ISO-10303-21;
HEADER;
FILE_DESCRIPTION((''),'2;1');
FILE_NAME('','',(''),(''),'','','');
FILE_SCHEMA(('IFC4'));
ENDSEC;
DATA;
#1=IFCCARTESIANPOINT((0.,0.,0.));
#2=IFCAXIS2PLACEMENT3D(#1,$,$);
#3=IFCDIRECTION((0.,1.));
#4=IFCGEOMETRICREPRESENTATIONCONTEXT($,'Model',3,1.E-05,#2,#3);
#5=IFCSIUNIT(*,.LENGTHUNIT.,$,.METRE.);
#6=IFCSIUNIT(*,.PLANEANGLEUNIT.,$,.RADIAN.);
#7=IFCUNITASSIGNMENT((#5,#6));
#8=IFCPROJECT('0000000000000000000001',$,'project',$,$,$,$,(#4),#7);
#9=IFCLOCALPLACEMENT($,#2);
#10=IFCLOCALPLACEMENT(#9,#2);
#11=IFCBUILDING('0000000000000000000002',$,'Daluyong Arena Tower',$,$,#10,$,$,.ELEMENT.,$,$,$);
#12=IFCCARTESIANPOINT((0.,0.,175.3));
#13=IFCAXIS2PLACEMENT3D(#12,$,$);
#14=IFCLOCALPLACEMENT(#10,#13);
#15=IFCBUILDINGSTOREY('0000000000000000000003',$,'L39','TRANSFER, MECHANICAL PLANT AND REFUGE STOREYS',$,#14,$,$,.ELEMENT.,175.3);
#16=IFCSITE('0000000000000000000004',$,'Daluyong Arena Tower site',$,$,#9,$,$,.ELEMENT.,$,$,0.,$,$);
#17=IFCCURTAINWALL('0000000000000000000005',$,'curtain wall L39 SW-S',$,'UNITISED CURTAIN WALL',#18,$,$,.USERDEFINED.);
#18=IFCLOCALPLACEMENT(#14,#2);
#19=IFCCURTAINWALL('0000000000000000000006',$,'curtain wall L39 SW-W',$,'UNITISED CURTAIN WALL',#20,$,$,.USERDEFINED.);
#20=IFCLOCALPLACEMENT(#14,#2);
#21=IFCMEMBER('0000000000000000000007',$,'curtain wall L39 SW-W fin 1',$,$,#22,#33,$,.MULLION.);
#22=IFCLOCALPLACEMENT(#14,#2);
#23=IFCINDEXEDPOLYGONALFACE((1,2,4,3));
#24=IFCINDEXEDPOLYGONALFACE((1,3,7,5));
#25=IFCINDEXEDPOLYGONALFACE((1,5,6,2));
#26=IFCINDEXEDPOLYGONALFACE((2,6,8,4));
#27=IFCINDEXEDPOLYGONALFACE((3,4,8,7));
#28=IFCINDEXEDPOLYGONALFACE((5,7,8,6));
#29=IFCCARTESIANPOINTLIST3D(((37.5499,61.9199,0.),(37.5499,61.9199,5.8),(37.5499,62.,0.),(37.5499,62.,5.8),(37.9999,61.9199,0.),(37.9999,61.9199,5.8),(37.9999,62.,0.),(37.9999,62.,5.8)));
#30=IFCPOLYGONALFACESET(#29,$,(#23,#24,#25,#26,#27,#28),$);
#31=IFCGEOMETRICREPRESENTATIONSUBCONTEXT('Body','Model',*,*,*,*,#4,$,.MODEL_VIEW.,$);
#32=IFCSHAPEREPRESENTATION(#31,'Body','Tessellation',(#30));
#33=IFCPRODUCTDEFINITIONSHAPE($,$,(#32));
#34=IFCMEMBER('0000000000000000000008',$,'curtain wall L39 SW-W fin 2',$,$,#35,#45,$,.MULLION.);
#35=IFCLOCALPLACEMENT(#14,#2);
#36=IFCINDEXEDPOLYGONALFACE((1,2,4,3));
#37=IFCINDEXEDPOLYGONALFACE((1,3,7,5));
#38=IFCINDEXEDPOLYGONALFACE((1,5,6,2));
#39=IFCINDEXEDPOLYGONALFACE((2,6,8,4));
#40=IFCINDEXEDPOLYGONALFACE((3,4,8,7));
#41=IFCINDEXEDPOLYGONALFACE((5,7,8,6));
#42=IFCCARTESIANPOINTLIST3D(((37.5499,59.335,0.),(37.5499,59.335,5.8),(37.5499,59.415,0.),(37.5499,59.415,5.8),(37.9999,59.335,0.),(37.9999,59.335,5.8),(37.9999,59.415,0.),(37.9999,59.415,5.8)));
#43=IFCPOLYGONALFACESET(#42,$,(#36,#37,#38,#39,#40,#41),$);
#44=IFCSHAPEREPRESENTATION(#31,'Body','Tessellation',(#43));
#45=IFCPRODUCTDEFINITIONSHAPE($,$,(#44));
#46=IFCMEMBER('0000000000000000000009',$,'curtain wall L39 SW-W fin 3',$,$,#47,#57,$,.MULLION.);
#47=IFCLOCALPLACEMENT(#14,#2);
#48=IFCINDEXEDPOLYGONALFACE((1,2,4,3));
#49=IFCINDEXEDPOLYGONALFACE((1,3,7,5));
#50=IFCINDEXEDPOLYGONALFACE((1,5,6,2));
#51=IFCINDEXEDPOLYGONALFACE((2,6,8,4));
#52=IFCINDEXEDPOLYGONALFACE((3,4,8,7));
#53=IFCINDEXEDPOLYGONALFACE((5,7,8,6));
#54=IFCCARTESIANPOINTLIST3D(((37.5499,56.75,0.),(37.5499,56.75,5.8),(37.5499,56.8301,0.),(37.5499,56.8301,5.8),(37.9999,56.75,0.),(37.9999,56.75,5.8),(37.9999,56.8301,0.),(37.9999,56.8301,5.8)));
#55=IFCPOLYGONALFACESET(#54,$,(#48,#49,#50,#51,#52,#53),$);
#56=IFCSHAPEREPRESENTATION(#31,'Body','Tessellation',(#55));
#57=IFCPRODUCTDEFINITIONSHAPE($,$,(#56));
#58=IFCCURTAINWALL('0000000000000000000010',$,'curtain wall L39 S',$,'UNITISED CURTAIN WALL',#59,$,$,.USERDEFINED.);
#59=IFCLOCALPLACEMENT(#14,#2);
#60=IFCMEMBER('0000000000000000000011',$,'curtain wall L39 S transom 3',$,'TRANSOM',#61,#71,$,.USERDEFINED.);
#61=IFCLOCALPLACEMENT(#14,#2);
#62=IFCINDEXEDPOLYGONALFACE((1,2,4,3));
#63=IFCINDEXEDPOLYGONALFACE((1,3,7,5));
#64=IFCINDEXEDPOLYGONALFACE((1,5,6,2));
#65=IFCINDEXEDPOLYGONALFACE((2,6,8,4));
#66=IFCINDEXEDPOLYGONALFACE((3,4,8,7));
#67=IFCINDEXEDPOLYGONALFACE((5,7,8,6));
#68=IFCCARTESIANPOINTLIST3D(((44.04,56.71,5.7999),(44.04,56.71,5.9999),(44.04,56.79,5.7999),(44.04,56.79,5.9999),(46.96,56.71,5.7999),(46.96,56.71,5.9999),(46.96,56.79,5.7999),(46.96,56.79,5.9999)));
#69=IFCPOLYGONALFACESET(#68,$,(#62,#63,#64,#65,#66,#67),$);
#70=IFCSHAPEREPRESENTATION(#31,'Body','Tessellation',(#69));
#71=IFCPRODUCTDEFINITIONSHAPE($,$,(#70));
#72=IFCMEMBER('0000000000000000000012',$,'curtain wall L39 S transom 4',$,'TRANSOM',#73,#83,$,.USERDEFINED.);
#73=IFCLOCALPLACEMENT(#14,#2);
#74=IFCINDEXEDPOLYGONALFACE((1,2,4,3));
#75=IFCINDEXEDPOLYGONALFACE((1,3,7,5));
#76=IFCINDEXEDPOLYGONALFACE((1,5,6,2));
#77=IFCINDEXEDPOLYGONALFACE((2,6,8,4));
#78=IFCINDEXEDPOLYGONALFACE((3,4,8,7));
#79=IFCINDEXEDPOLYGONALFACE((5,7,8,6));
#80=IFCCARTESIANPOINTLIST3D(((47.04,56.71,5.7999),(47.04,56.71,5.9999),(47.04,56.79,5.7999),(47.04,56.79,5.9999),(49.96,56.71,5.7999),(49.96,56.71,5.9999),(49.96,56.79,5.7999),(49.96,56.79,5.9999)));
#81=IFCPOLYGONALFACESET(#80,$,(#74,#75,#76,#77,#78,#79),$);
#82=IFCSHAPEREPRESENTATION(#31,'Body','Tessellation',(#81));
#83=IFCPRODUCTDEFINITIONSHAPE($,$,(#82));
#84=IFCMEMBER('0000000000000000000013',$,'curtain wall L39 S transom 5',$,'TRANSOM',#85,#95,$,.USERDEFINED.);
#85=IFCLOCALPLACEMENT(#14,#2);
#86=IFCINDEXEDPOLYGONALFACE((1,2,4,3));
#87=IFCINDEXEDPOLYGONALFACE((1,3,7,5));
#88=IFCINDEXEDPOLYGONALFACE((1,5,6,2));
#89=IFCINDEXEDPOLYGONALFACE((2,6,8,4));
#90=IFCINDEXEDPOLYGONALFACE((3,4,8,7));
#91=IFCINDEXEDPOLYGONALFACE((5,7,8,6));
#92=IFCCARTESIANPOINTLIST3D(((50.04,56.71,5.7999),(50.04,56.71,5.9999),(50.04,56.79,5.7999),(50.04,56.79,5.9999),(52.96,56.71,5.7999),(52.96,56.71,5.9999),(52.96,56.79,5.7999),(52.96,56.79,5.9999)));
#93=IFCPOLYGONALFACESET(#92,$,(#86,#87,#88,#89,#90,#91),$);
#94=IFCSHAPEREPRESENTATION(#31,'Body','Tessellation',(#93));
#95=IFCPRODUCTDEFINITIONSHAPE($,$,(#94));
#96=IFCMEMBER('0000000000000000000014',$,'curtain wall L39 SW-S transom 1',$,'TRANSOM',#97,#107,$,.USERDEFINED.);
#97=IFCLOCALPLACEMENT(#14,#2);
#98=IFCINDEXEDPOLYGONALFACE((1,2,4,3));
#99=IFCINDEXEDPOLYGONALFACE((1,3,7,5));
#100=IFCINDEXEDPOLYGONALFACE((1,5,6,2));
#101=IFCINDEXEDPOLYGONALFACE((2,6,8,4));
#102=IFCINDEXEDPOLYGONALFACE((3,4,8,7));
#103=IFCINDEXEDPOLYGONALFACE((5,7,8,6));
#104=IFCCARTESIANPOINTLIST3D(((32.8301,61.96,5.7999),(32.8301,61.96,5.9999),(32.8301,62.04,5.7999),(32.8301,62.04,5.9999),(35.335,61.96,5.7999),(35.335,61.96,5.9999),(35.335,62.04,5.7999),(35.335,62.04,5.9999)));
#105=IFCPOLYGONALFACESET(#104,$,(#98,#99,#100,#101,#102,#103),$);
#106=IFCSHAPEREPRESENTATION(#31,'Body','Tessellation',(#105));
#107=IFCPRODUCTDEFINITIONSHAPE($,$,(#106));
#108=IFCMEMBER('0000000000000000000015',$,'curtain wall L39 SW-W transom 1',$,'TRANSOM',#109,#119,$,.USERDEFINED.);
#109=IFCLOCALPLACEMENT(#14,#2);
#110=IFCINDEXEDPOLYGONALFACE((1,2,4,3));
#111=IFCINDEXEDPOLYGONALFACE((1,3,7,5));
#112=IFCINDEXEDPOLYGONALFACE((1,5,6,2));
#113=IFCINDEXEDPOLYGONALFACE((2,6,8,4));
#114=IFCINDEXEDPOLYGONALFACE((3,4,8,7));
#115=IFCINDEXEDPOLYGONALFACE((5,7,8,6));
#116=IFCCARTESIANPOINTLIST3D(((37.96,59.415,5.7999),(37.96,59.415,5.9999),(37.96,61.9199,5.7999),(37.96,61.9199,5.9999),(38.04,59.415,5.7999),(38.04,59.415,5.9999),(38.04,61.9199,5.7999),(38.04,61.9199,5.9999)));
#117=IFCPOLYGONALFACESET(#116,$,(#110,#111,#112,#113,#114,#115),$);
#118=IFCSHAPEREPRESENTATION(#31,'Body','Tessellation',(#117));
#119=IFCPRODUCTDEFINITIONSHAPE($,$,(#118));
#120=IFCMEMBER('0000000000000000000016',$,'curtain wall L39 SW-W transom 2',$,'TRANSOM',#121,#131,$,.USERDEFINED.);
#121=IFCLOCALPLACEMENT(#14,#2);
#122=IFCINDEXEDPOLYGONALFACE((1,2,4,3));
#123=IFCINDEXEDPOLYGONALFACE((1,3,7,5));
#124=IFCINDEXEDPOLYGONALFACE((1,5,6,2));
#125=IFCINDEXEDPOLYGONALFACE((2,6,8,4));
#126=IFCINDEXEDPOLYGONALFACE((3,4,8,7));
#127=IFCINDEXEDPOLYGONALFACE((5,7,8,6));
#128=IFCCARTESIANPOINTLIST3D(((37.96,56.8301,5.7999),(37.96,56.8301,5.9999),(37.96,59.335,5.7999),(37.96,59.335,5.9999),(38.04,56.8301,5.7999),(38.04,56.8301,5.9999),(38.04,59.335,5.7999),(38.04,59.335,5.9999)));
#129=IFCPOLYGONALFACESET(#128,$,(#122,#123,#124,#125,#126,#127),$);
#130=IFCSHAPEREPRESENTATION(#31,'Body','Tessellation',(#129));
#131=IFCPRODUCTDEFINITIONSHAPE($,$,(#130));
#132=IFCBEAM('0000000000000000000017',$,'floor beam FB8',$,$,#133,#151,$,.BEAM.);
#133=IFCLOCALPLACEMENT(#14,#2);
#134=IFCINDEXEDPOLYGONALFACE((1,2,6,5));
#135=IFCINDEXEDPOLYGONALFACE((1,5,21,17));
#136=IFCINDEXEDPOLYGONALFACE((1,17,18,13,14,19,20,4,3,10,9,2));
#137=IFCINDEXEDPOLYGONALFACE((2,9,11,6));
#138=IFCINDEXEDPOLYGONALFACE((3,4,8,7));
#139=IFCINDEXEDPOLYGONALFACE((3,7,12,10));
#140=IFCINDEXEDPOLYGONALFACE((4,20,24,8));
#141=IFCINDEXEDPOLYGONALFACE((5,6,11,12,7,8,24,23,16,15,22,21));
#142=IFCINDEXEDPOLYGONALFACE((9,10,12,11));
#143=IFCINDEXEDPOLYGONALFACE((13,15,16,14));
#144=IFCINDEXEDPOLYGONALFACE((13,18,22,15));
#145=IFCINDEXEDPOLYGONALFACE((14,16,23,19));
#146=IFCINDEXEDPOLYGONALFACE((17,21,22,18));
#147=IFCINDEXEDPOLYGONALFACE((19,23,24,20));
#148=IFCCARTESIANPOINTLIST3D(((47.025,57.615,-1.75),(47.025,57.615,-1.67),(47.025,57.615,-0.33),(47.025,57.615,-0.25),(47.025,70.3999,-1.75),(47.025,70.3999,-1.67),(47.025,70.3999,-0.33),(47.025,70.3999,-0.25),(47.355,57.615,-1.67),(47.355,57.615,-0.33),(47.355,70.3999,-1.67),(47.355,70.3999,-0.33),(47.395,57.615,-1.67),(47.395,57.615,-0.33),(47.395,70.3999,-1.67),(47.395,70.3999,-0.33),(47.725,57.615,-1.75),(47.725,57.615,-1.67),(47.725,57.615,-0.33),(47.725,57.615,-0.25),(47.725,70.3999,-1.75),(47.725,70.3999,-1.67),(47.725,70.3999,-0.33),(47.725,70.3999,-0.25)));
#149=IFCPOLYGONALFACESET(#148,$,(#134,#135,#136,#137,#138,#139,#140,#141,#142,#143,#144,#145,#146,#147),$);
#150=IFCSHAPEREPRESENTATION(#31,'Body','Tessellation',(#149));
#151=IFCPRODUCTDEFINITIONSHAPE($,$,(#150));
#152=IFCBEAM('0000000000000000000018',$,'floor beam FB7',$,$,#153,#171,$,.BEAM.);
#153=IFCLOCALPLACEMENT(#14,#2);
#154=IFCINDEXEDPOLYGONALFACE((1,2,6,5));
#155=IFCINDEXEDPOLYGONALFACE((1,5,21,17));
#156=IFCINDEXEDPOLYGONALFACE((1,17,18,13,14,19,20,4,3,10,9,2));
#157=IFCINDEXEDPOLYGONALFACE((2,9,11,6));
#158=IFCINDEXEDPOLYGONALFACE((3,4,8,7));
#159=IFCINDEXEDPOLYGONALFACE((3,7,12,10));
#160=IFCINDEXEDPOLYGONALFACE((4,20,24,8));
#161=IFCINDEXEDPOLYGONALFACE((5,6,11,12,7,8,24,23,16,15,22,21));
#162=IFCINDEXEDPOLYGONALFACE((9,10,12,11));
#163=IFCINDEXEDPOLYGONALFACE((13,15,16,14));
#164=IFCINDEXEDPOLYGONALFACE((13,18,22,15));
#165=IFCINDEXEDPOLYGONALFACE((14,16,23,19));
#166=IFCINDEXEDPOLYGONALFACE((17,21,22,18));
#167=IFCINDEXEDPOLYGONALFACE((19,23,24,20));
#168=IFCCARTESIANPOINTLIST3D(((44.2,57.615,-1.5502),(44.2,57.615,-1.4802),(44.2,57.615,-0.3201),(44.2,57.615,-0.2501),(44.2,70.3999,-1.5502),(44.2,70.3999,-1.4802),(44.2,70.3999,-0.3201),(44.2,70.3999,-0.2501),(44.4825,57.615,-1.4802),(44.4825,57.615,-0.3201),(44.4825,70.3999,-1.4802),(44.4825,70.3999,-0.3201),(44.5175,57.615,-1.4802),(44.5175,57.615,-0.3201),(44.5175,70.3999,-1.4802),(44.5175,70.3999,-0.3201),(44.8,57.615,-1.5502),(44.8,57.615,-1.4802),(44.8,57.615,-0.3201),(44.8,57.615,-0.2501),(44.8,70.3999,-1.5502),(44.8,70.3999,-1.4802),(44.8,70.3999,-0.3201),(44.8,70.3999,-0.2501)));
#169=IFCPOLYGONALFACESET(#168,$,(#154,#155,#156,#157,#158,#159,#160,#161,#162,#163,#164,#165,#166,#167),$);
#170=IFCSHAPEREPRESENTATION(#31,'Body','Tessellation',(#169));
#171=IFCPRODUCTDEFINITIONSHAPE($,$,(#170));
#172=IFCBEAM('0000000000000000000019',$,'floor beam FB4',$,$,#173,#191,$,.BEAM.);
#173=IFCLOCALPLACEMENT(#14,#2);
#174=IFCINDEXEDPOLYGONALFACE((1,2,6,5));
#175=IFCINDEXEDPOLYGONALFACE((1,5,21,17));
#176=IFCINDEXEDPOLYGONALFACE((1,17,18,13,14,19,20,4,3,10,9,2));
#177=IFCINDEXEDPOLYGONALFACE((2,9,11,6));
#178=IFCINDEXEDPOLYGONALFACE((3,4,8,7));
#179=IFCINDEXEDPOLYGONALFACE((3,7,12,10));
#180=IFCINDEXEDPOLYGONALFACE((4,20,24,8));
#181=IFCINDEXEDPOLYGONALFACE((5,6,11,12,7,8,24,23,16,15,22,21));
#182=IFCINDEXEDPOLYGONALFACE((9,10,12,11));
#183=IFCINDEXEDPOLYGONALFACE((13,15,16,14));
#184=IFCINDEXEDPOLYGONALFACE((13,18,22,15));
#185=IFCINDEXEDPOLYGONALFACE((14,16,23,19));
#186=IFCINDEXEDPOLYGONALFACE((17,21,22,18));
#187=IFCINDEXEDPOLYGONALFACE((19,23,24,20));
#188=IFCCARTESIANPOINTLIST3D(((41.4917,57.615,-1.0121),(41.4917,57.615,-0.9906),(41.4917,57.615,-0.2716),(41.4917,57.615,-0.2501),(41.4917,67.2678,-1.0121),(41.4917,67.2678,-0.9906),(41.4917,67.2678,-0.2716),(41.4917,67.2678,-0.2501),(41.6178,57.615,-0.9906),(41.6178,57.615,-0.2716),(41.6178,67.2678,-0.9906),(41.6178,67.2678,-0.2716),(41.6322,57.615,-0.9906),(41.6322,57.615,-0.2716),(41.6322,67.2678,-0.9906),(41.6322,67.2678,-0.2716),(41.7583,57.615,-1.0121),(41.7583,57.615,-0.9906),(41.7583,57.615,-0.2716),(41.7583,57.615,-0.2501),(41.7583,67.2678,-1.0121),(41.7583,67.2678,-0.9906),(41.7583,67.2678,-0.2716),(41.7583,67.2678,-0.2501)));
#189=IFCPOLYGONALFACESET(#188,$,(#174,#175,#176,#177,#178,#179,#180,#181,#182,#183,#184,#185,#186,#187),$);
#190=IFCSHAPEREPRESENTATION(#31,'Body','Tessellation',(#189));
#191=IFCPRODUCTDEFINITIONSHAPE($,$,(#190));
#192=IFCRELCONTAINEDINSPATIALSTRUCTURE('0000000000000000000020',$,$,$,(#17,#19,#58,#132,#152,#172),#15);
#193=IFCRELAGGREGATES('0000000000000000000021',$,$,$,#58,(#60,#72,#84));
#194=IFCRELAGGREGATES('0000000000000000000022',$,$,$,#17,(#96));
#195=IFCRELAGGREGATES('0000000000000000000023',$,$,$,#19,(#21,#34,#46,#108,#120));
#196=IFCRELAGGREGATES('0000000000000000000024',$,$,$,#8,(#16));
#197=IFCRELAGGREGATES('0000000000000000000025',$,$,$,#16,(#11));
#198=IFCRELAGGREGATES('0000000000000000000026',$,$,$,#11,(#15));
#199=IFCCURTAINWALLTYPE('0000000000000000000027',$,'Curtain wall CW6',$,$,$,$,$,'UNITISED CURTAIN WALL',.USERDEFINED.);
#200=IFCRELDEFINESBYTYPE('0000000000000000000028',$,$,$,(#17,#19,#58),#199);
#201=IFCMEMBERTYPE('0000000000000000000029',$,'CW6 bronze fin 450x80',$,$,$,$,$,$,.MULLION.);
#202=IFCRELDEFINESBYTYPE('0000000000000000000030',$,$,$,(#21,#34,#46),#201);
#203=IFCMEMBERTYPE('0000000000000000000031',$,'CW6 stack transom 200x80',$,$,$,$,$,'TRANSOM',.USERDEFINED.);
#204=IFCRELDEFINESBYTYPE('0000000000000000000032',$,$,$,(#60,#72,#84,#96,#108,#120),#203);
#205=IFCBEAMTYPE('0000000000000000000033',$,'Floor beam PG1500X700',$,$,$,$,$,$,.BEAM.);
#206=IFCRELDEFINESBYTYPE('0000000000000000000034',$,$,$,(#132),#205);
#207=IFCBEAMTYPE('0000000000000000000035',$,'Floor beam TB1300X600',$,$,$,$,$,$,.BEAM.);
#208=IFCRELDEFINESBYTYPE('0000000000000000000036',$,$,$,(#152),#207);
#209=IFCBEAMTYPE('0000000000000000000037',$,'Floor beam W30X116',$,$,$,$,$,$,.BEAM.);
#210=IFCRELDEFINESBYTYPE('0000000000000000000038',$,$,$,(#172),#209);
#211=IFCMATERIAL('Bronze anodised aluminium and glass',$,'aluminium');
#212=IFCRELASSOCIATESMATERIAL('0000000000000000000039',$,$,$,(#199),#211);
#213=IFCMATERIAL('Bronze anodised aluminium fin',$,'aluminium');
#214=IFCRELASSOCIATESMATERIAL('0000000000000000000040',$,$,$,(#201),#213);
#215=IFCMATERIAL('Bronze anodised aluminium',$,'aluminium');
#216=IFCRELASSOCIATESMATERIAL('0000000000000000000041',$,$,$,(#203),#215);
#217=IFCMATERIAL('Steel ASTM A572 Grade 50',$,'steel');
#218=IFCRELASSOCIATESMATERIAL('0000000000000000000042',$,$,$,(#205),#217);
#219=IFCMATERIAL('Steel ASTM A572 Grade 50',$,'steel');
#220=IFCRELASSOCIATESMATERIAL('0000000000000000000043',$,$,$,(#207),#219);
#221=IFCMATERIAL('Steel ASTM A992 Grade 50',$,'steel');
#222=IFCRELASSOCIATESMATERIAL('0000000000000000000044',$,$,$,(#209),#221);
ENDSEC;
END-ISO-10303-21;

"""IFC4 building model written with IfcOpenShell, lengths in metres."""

from ifc_helpers import new_model, si_unit, direction, frame, origin, origin_2d, place, context, subcontext, project, spatial, rectangle, i_section, extrude, material, material_profile, profile_set, type_object, element, aggregate, save


model = new_model("IFC4")

# Units and contexts
model_context = context("Model", 3, precision=1e-05, world=origin(), true_north=direction((0.0, 1.0)))
body_context = subcontext(model_context, "Body", "Model", "MODEL_VIEW")
ifc_project = project(units=[si_unit("LENGTHUNIT", "METRE"), si_unit("PLANEANGLEUNIT", "RADIAN")], contexts=[model_context])

# Site, building, storey
site_placement = place(None, origin())
site = spatial("IfcSite", under=ifc_project, at=site_placement, Name="Daluyong Arena Tower site", CompositionType="ELEMENT", RefElevation=0.0)
building_placement = place(site_placement, origin())
building = spatial("IfcBuilding", under=site, at=building_placement, Name="Daluyong Arena Tower", CompositionType="ELEMENT")
storey_placement = place(building_placement, frame((0.0, 0.0, 175.3)))
storey = spatial("IfcBuildingStorey", under=building, at=storey_placement, Name="L39", Description="TRANSFER, MECHANICAL PLANT AND REFUGE STOREYS", CompositionType="ELEMENT", Elevation=175.3)

# Curtain walls, members
ifc_material_1 = material(Name="Bronze anodised aluminium and glass", Category="aluminium")
curtain_wall_type = type_object("IfcCurtainWallType", Name="Curtain wall CW6", ElementType="UNITISED CURTAIN WALL", PredefinedType="USERDEFINED", material=ifc_material_1)
curtain_wall_1_placement = place(storey_placement, origin())
curtain_wall_1 = element("IfcCurtainWall", 1, at=curtain_wall_1_placement, inside=storey, type_object=curtain_wall_type, Name="curtain wall L39 SW-S", ObjectType="UNITISED CURTAIN WALL", PredefinedType="USERDEFINED")
ifc_material_2 = material(Name="Bronze anodised aluminium fin", Category="aluminium")
ifc_material_profile_1 = material_profile(ifc_material_2, rectangle(XDim=0.45, YDim=0.0801, at=origin_2d()))
ifc_profile_set_1 = profile_set([ifc_material_profile_1], Name="Bronze anodised aluminium fin")
member_type_1 = type_object("IfcMemberType", Name="CW6 bronze fin 450x80", PredefinedType="MULLION", material=ifc_profile_set_1)
curtain_wall_2_placement = place(storey_placement, origin())
curtain_wall_2 = element("IfcCurtainWall", 2, at=curtain_wall_2_placement, inside=storey, type_object=curtain_wall_type, Name="curtain wall L39 SW-W", ObjectType="UNITISED CURTAIN WALL", PredefinedType="USERDEFINED")
member_1_placement = place(storey_placement, frame((37.7749, 61.96, 0.0), z_axis=(0.0, 0.0, 1.0), x_axis=(1.0, 0.0, 0.0)))
member_1 = element("IfcMember", 3, at=member_1_placement, type_object=member_type_1, Name="curtain wall L39 SW-W fin 1", PredefinedType="MULLION", context=body_context, shape_type="SweptSolid", body=[
    extrude(rectangle(XDim=0.45, YDim=0.0801, at=origin_2d()), origin(), (0.0, 0.0, 1.0), 5.8),
])
member_2_placement = place(storey_placement, frame((37.7749, 59.375, 0.0), z_axis=(0.0, 0.0, 1.0), x_axis=(1.0, 0.0, 0.0)))
member_2 = element("IfcMember", 4, at=member_2_placement, type_object=member_type_1, Name="curtain wall L39 SW-W fin 2", PredefinedType="MULLION", context=body_context, shape_type="SweptSolid", body=[
    extrude(rectangle(XDim=0.45, YDim=0.0801, at=origin_2d()), origin(), (0.0, 0.0, 1.0), 5.8),
])
member_3_placement = place(storey_placement, frame((37.7749, 56.79, 0.0), z_axis=(0.0, 0.0, 1.0), x_axis=(1.0, 0.0, 0.0)))
member_3 = element("IfcMember", 5, at=member_3_placement, type_object=member_type_1, Name="curtain wall L39 SW-W fin 3", PredefinedType="MULLION", context=body_context, shape_type="SweptSolid", body=[
    extrude(rectangle(XDim=0.45, YDim=0.0801, at=origin_2d()), origin(), (0.0, 0.0, 1.0), 5.8),
])
curtain_wall_3_placement = place(storey_placement, origin())
curtain_wall_3 = element("IfcCurtainWall", 6, at=curtain_wall_3_placement, inside=storey, type_object=curtain_wall_type, Name="curtain wall L39 S", ObjectType="UNITISED CURTAIN WALL", PredefinedType="USERDEFINED")
ifc_material_3 = material(Name="Bronze anodised aluminium", Category="aluminium")
ifc_material_profile_2 = material_profile(ifc_material_3, rectangle(XDim=0.0801, YDim=0.2, at=origin_2d()))
ifc_profile_set_2 = profile_set([ifc_material_profile_2], Name="Bronze anodised aluminium")
member_type_2 = type_object("IfcMemberType", Name="CW6 stack transom 200x80", ElementType="TRANSOM", PredefinedType="USERDEFINED", material=ifc_profile_set_2)
member_4_placement = place(storey_placement, frame((44.04, 56.75, 5.8999), z_axis=(1.0, 0.0, 0.0), x_axis=(0.0, 1.0, 0.0)))
member_4 = element("IfcMember", 7, at=member_4_placement, type_object=member_type_2, Name="curtain wall L39 S transom 3", ObjectType="TRANSOM", PredefinedType="USERDEFINED", context=body_context, shape_type="SweptSolid", body=[
    extrude(rectangle(XDim=0.0801, YDim=0.2, at=origin_2d()), origin(), (0.0, 0.0, 1.0), 2.9199),
])
member_5_placement = place(storey_placement, frame((47.04, 56.75, 5.8999), z_axis=(1.0, 0.0, 0.0), x_axis=(0.0, 1.0, 0.0)))
member_5 = element("IfcMember", 8, at=member_5_placement, type_object=member_type_2, Name="curtain wall L39 S transom 4", ObjectType="TRANSOM", PredefinedType="USERDEFINED", context=body_context, shape_type="SweptSolid", body=[
    extrude(rectangle(XDim=0.0801, YDim=0.2, at=origin_2d()), origin(), (0.0, 0.0, 1.0), 2.9199),
])
member_6_placement = place(storey_placement, frame((50.04, 56.75, 5.8999), z_axis=(1.0, 0.0, 0.0), x_axis=(0.0, 1.0, 0.0)))
member_6 = element("IfcMember", 9, at=member_6_placement, type_object=member_type_2, Name="curtain wall L39 S transom 5", ObjectType="TRANSOM", PredefinedType="USERDEFINED", context=body_context, shape_type="SweptSolid", body=[
    extrude(rectangle(XDim=0.0801, YDim=0.2, at=origin_2d()), origin(), (0.0, 0.0, 1.0), 2.9199),
])

# Members
member_7_placement = place(storey_placement, frame((32.8301, 62.0, 5.8999), z_axis=(1.0, 0.0, 0.0), x_axis=(0.0, 1.0, 0.0)))
member_7 = element("IfcMember", 10, at=member_7_placement, type_object=member_type_2, Name="curtain wall L39 SW-S transom 1", ObjectType="TRANSOM", PredefinedType="USERDEFINED", context=body_context, shape_type="SweptSolid", body=[
    extrude(rectangle(XDim=0.0801, YDim=0.2, at=origin_2d()), origin(), (0.0, 0.0, 1.0), 2.5049),
])
member_8_placement = place(storey_placement, frame((38.0, 61.9199, 5.8999), z_axis=(0.0, -1.0, 0.0), x_axis=(1.0, 0.0, 0.0)))
member_8 = element("IfcMember", 11, at=member_8_placement, type_object=member_type_2, Name="curtain wall L39 SW-W transom 1", ObjectType="TRANSOM", PredefinedType="USERDEFINED", context=body_context, shape_type="SweptSolid", body=[
    extrude(rectangle(XDim=0.0801, YDim=0.2, at=origin_2d()), origin(), (0.0, 0.0, 1.0), 2.5049),
])
member_9_placement = place(storey_placement, frame((38.0, 59.335, 5.8999), z_axis=(0.0, -1.0, 0.0), x_axis=(1.0, 0.0, 0.0)))
member_9 = element("IfcMember", 12, at=member_9_placement, type_object=member_type_2, Name="curtain wall L39 SW-W transom 2", ObjectType="TRANSOM", PredefinedType="USERDEFINED", context=body_context, shape_type="SweptSolid", body=[
    extrude(rectangle(XDim=0.0801, YDim=0.2, at=origin_2d()), origin(), (0.0, 0.0, 1.0), 2.5049),
])

# Beams
ifc_material_4 = material(Name="Steel ASTM A572 Grade 50", Category="steel")
ifc_material_profile_3 = material_profile(ifc_material_4, i_section(OverallWidth=0.7, OverallDepth=1.5, WebThickness=0.04, FlangeThickness=0.08, at=origin_2d()))
ifc_profile_set_3 = profile_set([ifc_material_profile_3], Name="Steel ASTM A572 Grade 50")
beam_type_1 = type_object("IfcBeamType", Name="Floor beam PG1500X700", PredefinedType="BEAM", material=ifc_profile_set_3)
beam_1_placement = place(storey_placement, frame((47.375, 57.615, -1.0), z_axis=(0.0, 1.0, 0.0), x_axis=(-1.0, 0.0, 0.0)))
element("IfcBeam", 13, at=beam_1_placement, inside=storey, type_object=beam_type_1, Name="floor beam FB8", PredefinedType="BEAM", context=body_context, shape_type="SweptSolid", body=[
    extrude(i_section(OverallWidth=0.7, OverallDepth=1.5, WebThickness=0.04, FlangeThickness=0.08, at=origin_2d()), origin(), (0.0, 0.0, 1.0), 12.7849),
])
ifc_material_5 = material(Name="Steel ASTM A572 Grade 50", Category="steel")
ifc_material_profile_4 = material_profile(ifc_material_5, i_section(OverallWidth=0.6001, OverallDepth=1.3, WebThickness=0.035, FlangeThickness=0.07, at=origin_2d()))
ifc_profile_set_4 = profile_set([ifc_material_profile_4], Name="Steel ASTM A572 Grade 50")
beam_type_2 = type_object("IfcBeamType", Name="Floor beam TB1300X600", PredefinedType="BEAM", material=ifc_profile_set_4)
beam_2_placement = place(storey_placement, frame((44.5, 57.615, -0.9001), z_axis=(0.0, 1.0, 0.0), x_axis=(-1.0, 0.0, 0.0)))
element("IfcBeam", 14, at=beam_2_placement, inside=storey, type_object=beam_type_2, Name="floor beam FB7", PredefinedType="BEAM", context=body_context, shape_type="SweptSolid", body=[
    extrude(i_section(OverallWidth=0.6001, OverallDepth=1.3, WebThickness=0.035, FlangeThickness=0.07, at=origin_2d()), origin(), (0.0, 0.0, 1.0), 12.7849),
])
ifc_material_6 = material(Name="Steel ASTM A992 Grade 50", Category="steel")
ifc_material_profile_5 = material_profile(ifc_material_6, i_section(OverallWidth=0.2666, OverallDepth=0.762, WebThickness=0.0144, FlangeThickness=0.0215, at=origin_2d()))
ifc_profile_set_5 = profile_set([ifc_material_profile_5], Name="Steel ASTM A992 Grade 50")
beam_type_3 = type_object("IfcBeamType", Name="Floor beam W30X116", PredefinedType="BEAM", material=ifc_profile_set_5)
beam_3_placement = place(storey_placement, frame((41.625, 57.615, -0.6311), z_axis=(0.0, 1.0, 0.0), x_axis=(-1.0, 0.0, 0.0)))
element("IfcBeam", 15, at=beam_3_placement, inside=storey, type_object=beam_type_3, Name="floor beam FB4", PredefinedType="BEAM", context=body_context, shape_type="SweptSolid", body=[
    extrude(i_section(OverallWidth=0.2666, OverallDepth=0.762, WebThickness=0.0144, FlangeThickness=0.0215, at=origin_2d()), origin(), (0.0, 0.0, 1.0), 9.6528),
])

aggregate(curtain_wall_3, [member_4, member_5, member_6])
aggregate(curtain_wall_1, [member_7])
aggregate(curtain_wall_2, [member_1, member_2, member_3, member_8, member_9])

save(model, "model.ifc")
